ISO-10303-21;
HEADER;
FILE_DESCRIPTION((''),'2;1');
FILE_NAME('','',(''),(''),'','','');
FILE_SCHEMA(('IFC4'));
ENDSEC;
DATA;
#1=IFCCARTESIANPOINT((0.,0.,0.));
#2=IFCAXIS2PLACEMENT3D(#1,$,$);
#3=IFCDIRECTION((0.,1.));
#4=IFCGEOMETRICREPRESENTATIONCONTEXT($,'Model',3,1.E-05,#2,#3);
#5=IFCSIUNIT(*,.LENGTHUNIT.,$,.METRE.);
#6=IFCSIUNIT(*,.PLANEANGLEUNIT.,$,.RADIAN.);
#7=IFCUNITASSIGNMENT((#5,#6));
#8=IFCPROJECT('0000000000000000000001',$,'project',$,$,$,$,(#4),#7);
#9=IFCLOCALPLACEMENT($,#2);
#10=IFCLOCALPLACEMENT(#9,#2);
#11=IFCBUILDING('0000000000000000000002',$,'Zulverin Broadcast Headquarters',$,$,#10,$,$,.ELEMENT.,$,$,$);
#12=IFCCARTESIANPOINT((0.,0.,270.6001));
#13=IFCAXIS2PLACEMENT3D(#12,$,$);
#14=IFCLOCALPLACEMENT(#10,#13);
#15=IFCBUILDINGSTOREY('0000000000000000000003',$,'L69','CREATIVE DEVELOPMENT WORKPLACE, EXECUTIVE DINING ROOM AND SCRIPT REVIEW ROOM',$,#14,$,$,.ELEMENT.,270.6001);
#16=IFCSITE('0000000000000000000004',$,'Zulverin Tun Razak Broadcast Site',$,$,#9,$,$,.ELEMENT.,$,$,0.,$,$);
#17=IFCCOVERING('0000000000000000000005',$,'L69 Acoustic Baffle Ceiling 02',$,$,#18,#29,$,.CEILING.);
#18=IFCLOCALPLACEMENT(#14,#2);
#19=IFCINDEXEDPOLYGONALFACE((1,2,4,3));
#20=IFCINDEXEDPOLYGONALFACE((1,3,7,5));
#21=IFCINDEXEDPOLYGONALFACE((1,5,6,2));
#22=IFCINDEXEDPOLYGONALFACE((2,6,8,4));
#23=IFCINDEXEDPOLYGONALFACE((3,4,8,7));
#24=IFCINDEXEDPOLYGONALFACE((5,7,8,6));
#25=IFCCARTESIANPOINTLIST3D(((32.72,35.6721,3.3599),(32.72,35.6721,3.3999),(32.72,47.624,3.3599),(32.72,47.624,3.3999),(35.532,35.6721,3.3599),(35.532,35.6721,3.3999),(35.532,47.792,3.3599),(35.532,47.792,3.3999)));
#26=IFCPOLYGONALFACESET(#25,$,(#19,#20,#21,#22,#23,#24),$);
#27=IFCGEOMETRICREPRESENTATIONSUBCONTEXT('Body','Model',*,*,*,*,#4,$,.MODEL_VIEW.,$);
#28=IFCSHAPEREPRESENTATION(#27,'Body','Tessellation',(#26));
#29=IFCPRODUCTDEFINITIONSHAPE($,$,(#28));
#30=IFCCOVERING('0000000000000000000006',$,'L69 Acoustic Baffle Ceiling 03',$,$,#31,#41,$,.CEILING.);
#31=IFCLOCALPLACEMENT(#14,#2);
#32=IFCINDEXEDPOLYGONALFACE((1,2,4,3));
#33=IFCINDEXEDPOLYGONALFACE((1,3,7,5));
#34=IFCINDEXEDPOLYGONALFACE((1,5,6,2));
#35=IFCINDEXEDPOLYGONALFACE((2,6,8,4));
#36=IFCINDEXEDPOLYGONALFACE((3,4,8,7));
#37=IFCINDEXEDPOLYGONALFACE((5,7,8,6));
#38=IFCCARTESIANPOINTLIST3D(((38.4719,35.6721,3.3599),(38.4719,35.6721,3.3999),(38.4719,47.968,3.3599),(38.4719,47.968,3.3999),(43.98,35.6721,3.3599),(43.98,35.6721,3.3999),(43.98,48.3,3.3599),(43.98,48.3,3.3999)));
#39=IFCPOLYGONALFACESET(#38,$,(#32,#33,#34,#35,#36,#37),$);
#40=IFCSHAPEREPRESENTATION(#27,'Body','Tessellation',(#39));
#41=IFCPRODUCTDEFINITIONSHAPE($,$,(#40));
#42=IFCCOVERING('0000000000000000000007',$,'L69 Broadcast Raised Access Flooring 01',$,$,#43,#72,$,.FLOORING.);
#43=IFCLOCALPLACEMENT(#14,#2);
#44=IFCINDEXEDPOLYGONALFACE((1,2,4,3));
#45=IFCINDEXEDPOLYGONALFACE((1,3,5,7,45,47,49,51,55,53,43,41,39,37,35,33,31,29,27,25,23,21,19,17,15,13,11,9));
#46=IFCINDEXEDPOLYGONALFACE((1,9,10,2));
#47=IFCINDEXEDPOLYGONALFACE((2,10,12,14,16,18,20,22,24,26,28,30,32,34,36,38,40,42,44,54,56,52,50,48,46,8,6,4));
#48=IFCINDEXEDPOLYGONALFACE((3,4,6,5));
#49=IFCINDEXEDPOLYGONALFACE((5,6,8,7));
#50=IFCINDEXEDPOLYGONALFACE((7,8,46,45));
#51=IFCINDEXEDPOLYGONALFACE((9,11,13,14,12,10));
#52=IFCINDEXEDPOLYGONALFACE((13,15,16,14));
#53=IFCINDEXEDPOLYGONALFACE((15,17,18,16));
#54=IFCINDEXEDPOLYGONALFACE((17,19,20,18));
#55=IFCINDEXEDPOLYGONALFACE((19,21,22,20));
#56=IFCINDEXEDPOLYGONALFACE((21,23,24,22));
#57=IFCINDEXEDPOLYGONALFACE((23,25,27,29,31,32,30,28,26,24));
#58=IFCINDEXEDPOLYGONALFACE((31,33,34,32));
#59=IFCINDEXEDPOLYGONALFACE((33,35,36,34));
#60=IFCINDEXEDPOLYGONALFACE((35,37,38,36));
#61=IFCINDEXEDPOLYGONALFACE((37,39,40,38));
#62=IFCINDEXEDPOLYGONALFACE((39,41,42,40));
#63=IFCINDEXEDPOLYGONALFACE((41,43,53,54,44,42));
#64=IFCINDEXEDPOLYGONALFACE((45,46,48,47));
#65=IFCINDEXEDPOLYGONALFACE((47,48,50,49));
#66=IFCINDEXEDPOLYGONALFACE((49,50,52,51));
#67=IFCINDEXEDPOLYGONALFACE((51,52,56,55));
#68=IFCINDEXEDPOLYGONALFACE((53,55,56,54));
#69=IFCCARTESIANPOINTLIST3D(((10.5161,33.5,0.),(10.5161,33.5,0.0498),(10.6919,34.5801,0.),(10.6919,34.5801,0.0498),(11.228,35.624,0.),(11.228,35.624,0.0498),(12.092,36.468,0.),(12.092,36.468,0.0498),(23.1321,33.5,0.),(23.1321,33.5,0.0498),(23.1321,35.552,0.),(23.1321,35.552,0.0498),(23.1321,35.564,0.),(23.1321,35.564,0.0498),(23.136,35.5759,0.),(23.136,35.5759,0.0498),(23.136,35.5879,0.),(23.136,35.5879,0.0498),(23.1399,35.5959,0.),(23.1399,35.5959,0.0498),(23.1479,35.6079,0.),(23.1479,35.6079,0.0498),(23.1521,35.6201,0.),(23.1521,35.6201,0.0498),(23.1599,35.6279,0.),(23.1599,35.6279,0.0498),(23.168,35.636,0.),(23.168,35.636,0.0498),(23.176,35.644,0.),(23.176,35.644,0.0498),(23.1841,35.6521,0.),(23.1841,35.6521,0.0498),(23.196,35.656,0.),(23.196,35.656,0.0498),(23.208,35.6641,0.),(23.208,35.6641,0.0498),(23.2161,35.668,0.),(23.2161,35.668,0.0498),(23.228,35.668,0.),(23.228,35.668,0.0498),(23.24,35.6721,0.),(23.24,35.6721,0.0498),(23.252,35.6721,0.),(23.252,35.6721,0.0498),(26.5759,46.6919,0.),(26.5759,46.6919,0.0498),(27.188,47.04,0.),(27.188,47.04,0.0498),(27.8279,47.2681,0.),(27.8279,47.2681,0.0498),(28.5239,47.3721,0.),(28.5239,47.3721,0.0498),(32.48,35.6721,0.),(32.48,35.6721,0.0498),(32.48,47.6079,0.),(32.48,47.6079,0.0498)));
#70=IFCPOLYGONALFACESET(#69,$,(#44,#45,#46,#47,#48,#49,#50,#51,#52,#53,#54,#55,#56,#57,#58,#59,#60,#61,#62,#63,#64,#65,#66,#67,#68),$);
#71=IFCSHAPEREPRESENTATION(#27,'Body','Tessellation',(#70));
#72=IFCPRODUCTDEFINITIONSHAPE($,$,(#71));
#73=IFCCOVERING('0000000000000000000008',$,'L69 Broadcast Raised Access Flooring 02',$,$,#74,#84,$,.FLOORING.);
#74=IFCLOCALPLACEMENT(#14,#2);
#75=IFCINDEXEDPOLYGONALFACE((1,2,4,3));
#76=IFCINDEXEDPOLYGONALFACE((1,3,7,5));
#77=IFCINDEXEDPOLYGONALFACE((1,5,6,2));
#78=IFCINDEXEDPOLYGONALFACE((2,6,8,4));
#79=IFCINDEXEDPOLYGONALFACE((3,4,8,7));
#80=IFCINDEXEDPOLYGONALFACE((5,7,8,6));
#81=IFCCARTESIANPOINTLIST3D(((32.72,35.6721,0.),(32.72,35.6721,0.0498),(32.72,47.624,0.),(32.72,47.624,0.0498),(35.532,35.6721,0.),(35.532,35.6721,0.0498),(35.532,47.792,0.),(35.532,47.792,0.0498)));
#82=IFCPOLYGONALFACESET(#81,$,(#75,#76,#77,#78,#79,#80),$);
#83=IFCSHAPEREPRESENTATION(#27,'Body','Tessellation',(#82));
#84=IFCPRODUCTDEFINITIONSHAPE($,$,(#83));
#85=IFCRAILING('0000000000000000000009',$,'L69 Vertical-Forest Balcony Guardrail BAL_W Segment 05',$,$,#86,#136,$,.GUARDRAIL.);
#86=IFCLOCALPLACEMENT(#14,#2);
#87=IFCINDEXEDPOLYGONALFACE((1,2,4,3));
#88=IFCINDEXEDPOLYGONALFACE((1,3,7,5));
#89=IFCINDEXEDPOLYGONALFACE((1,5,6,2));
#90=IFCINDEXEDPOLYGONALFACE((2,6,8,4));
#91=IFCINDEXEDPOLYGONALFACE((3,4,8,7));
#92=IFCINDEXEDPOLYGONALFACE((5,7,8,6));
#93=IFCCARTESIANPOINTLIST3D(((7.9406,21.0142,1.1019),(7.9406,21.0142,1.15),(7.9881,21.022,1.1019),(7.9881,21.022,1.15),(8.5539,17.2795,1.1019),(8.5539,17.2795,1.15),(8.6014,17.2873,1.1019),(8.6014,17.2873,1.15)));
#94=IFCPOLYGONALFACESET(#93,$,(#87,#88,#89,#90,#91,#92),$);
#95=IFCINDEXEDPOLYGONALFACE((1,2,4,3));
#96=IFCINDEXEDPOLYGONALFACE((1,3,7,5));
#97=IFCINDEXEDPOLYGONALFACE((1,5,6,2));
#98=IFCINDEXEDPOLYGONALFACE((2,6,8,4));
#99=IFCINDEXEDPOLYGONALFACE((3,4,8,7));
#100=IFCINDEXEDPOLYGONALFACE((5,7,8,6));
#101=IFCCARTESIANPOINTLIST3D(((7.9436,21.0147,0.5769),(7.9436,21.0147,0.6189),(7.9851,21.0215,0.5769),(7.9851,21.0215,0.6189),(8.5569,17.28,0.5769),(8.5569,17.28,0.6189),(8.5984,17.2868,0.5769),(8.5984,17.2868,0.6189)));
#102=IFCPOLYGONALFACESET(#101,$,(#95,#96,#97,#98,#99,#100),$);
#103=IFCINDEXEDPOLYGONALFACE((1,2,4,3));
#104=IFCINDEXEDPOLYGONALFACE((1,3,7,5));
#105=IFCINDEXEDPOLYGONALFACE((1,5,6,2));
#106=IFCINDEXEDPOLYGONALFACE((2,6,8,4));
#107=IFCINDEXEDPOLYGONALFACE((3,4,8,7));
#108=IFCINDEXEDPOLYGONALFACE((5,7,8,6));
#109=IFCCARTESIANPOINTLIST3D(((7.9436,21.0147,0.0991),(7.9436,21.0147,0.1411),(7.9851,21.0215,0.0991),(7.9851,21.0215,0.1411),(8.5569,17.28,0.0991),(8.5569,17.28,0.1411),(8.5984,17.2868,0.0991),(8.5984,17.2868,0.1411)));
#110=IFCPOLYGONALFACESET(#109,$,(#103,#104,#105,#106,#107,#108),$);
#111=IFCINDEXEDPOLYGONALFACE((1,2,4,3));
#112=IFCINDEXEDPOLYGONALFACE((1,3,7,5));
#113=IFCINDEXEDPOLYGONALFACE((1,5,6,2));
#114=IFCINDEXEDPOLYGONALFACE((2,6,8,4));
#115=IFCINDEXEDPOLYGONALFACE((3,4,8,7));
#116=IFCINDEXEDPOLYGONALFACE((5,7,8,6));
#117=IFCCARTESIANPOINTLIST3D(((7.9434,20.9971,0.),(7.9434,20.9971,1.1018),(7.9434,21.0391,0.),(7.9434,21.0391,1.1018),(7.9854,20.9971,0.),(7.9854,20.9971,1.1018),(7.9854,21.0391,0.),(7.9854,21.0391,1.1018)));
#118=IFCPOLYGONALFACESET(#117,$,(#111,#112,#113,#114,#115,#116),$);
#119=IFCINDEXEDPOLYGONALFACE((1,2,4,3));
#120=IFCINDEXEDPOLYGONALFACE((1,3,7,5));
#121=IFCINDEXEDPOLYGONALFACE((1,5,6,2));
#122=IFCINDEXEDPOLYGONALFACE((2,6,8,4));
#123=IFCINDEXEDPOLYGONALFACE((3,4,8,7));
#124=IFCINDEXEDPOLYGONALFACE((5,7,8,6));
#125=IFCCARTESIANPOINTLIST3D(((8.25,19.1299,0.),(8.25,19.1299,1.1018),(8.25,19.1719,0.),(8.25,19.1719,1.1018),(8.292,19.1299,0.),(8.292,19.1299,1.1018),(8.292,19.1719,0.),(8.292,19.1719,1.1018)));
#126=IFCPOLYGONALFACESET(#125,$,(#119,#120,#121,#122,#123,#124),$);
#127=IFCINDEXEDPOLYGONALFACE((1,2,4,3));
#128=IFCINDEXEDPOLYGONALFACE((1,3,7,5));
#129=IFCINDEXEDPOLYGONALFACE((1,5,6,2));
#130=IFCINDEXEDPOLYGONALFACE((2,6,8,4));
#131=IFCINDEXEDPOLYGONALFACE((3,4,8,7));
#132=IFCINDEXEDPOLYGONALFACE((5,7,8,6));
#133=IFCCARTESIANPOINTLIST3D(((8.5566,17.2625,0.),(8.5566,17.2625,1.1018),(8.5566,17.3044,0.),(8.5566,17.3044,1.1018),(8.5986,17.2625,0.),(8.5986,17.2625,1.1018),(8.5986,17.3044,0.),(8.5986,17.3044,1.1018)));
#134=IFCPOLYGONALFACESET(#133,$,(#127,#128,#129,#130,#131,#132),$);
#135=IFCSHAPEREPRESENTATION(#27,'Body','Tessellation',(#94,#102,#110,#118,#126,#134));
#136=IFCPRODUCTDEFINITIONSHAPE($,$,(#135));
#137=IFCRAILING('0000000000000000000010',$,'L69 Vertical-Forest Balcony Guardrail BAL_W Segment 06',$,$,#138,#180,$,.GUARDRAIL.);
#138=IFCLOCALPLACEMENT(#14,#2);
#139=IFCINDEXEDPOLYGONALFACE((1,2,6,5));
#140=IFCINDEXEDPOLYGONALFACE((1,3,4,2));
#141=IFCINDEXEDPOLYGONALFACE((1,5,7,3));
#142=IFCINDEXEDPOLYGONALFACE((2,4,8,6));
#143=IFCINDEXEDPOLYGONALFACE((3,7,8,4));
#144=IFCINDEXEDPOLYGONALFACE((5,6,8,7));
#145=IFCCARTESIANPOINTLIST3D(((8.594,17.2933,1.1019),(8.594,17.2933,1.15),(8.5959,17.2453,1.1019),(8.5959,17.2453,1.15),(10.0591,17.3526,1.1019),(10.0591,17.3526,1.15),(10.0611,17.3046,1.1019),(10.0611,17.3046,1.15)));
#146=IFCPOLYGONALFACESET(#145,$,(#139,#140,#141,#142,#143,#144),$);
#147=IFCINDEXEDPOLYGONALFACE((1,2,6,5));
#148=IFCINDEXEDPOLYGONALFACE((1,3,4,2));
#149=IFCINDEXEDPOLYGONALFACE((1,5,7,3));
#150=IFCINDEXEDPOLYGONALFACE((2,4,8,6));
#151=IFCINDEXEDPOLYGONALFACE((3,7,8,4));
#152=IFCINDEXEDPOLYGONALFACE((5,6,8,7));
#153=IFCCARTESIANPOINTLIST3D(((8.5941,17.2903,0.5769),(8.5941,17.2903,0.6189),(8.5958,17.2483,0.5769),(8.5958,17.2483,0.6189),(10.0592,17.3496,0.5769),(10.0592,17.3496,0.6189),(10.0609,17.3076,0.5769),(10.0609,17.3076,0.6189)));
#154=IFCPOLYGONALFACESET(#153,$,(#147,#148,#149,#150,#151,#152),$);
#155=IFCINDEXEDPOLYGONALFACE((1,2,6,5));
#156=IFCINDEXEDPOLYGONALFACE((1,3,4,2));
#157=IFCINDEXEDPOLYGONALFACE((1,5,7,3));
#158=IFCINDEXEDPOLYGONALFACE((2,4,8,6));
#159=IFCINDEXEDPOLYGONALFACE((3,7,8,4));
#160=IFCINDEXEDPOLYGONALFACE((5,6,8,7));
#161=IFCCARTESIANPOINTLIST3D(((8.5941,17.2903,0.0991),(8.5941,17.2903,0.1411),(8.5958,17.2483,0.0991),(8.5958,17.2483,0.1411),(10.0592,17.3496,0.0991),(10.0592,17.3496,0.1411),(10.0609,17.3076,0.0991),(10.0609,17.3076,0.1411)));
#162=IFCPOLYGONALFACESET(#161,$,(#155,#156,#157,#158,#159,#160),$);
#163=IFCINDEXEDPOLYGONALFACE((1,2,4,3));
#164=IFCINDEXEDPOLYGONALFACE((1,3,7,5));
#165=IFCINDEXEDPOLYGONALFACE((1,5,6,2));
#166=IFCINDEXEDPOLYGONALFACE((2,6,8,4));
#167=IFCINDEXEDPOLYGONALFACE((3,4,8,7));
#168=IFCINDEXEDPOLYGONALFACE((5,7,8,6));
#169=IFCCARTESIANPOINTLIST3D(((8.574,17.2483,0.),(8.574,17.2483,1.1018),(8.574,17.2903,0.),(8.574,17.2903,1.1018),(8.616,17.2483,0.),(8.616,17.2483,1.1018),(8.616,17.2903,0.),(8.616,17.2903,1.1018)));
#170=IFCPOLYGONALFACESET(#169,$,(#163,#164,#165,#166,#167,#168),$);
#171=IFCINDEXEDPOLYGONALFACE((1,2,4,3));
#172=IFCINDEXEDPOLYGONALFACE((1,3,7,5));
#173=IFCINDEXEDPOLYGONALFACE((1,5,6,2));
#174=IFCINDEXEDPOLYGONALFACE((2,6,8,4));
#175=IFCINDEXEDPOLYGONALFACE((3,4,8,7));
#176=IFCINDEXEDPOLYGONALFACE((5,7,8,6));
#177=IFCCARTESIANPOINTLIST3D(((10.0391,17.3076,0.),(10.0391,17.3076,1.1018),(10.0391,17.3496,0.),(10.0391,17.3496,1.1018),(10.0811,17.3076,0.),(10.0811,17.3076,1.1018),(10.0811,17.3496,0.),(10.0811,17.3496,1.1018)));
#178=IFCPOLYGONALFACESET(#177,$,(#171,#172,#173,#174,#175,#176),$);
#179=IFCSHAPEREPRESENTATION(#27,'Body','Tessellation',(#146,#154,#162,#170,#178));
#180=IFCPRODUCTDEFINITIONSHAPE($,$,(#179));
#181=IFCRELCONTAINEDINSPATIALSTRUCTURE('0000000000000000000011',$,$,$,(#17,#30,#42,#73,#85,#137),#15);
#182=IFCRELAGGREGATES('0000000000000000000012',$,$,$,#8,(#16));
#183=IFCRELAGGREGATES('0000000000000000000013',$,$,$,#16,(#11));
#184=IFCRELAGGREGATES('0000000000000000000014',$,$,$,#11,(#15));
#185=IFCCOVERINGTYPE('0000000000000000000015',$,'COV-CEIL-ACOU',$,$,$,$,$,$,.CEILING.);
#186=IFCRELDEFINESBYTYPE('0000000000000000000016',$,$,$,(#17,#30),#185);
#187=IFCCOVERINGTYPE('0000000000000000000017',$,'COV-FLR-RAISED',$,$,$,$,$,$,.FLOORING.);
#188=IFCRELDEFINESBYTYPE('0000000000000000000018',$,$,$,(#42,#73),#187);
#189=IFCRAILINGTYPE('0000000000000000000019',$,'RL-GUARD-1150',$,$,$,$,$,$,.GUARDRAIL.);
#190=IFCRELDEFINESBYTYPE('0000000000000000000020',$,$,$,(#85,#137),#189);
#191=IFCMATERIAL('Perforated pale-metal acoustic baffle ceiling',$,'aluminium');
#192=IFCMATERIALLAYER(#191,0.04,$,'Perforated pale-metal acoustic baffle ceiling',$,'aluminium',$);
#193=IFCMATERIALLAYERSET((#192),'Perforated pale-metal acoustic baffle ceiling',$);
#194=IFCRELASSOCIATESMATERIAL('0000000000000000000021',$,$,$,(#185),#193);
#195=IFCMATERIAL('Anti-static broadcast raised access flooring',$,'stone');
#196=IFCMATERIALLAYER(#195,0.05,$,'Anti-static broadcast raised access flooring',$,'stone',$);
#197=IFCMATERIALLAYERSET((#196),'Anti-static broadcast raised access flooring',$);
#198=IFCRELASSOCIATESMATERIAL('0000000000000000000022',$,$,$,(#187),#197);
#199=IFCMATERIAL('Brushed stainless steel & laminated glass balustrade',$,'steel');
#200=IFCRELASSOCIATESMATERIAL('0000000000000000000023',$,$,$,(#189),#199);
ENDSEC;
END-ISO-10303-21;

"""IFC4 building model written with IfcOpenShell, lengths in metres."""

from ifc_helpers import new_model, si_unit, direction, frame, origin, origin_2d, place, context, subcontext, project, spatial, polyline, rectangle, outline, extrude, material, layer, layer_set, type_object, element, save


model = new_model("IFC4")

# Units and contexts
model_context = context("Model", 3, precision=1e-05, world=origin(), true_north=direction((0.0, 1.0)))
body_context = subcontext(model_context, "Body", "Model", "MODEL_VIEW")
ifc_project = project(units=[si_unit("LENGTHUNIT", "METRE"), si_unit("PLANEANGLEUNIT", "RADIAN")], contexts=[model_context])

# Site, building, storey
site_placement = place(None, origin())
site = spatial("IfcSite", under=ifc_project, at=site_placement, Name="Zulverin Tun Razak Broadcast Site", CompositionType="ELEMENT", RefElevation=0.0)
building_placement = place(site_placement, origin())
building = spatial("IfcBuilding", under=site, at=building_placement, Name="Zulverin Broadcast Headquarters", CompositionType="ELEMENT")
storey_placement = place(building_placement, frame((0.0, 0.0, 270.6001)))
storey = spatial("IfcBuildingStorey", under=building, at=storey_placement, Name="L69", Description="CREATIVE DEVELOPMENT WORKPLACE, EXECUTIVE DINING ROOM AND SCRIPT REVIEW ROOM", CompositionType="ELEMENT", Elevation=270.6001)

# Coverings
ifc_material_1 = material(Name="Perforated pale-metal acoustic baffle ceiling", Category="aluminium")
ifc_layer_1 = layer(ifc_material_1, 0.04, Name="Perforated pale-metal acoustic baffle ceiling", Category="aluminium")
ifc_layer_set_1 = layer_set([ifc_layer_1], Name="Perforated pale-metal acoustic baffle ceiling")
covering_type_1 = type_object("IfcCoveringType", Name="COV-CEIL-ACOU", PredefinedType="CEILING", material=ifc_layer_set_1)
covering_1_placement = place(storey_placement, frame((0.0, 0.0, 3.3599)))
element("IfcCovering", 1, at=covering_1_placement, inside=storey, type_object=covering_type_1, Name="L69 Acoustic Baffle Ceiling 02", PredefinedType="CEILING", context=body_context, shape_type="SweptSolid", body=[
    extrude(outline(polyline([(35.532, 35.6721), (35.532, 47.792), (32.72, 47.624), (32.72, 35.6721), (35.532, 35.6721)])), origin(), (0.0, 0.0, 1.0), 0.04),
])
covering_2_placement = place(storey_placement, frame((0.0, 0.0, 3.3599)))
element("IfcCovering", 2, at=covering_2_placement, inside=storey, type_object=covering_type_1, Name="L69 Acoustic Baffle Ceiling 03", PredefinedType="CEILING", context=body_context, shape_type="SweptSolid", body=[
    extrude(outline(polyline([(38.4719, 47.968), (38.4719, 35.6721), (43.98, 35.6721), (43.98, 48.3), (38.4719, 47.968)])), origin(), (0.0, 0.0, 1.0), 0.04),
])
ifc_material_2 = material(Name="Anti-static broadcast raised access flooring", Category="stone")
ifc_layer_2 = layer(ifc_material_2, 0.05, Name="Anti-static broadcast raised access flooring", Category="stone")
ifc_layer_set_2 = layer_set([ifc_layer_2], Name="Anti-static broadcast raised access flooring")
covering_type_2 = type_object("IfcCoveringType", Name="COV-FLR-RAISED", PredefinedType="FLOORING", material=ifc_layer_set_2)
covering_3_placement = place(storey_placement, origin())
element("IfcCovering", 3, at=covering_3_placement, inside=storey, type_object=covering_type_2, Name="L69 Broadcast Raised Access Flooring 01", PredefinedType="FLOORING", context=body_context, shape_type="SweptSolid", body=[
    extrude(outline(polyline([(12.092, 36.468), (11.228, 35.624), (10.6919, 34.5801), (10.5161, 33.5), (23.1321, 33.5), (23.1321, 35.552), (23.1321, 35.564), (23.136, 35.5759), (23.136, 35.5879), (23.1399, 35.5959), (23.1479, 35.6079), (23.1521, 35.6201), (23.1599, 35.6279), (23.168, 35.636), (23.176, 35.644), (23.1841, 35.6521), (23.196, 35.656), (23.208, 35.6641), (23.2161, 35.668), (23.228, 35.668), (23.24, 35.6721), (23.252, 35.6721), (32.48, 35.6721), (32.48, 47.6079), (28.5239, 47.3721), (27.8279, 47.2681), (27.188, 47.04), (26.5759, 46.6919), (12.092, 36.468)])), origin(), (0.0, 0.0, 1.0), 0.0498),
])
covering_4_placement = place(storey_placement, origin())
element("IfcCovering", 4, at=covering_4_placement, inside=storey, type_object=covering_type_2, Name="L69 Broadcast Raised Access Flooring 02", PredefinedType="FLOORING", context=body_context, shape_type="SweptSolid", body=[
    extrude(outline(polyline([(35.532, 35.6721), (35.532, 47.792), (32.72, 47.624), (32.72, 35.6721), (35.532, 35.6721)])), origin(), (0.0, 0.0, 1.0), 0.0498),
])

# Railings
ifc_material_3 = material(Name="Brushed stainless steel & laminated glass balustrade", Category="steel")
railing_type = type_object("IfcRailingType", Name="RL-GUARD-1150", PredefinedType="GUARDRAIL", material=ifc_material_3)
railing_1_placement = place(storey_placement, frame((7.9644, 21.0181, 0.0)))
element("IfcRailing", 5, at=railing_1_placement, inside=storey, type_object=railing_type, Name="L69 Vertical-Forest Balcony Guardrail BAL_W Segment 05", PredefinedType="GUARDRAIL", context=body_context, shape_type="SweptSolid", body=[
    extrude(rectangle(XDim=0.0481, YDim=0.0481, at=origin_2d()), frame((0.0, 0.0, 1.126), z_axis=(0.162045, -0.986783, 0.0), x_axis=(0.986783, 0.162045, 0.0)), (0.0, 0.0, 1.0), 3.7847),
    extrude(rectangle(XDim=0.042, YDim=0.042, at=origin_2d()), frame((0.0, 0.0, 0.5979), z_axis=(0.162045, -0.986783, 0.0), x_axis=(0.986783, 0.162045, 0.0)), (0.0, 0.0, 1.0), 3.7847),
    extrude(rectangle(XDim=0.042, YDim=0.042, at=origin_2d()), frame((0.0, 0.0, 0.1201), z_axis=(0.162045, -0.986783, 0.0), x_axis=(0.986783, 0.162045, 0.0)), (0.0, 0.0, 1.0), 3.7847),
    extrude(rectangle(XDim=0.042, YDim=0.042, at=origin_2d()), origin(), (0.0, 0.0, 1.0), 1.1018),
    extrude(rectangle(XDim=0.042, YDim=0.042, at=origin_2d()), frame((0.3066, -1.8672, 0.0)), (0.0, 0.0, 1.0), 1.1018),
    extrude(rectangle(XDim=0.042, YDim=0.042, at=origin_2d()), frame((0.6133, -3.7346, 0.0)), (0.0, 0.0, 1.0), 1.1018),
])
railing_2_placement = place(storey_placement, frame((8.595, 17.2693, 0.0)))
element("IfcRailing", 6, at=railing_2_placement, inside=storey, type_object=railing_type, Name="L69 Vertical-Forest Balcony Guardrail BAL_W Segment 06", PredefinedType="GUARDRAIL", context=body_context, shape_type="SweptSolid", body=[
    extrude(rectangle(XDim=0.0481, YDim=0.0481, at=origin_2d()), frame((0.0, 0.0, 1.126), z_axis=(0.999181, 0.04046, 0.0), x_axis=(-0.04046, 0.999181, 0.0)), (0.0, 0.0, 1.0), 1.4663),
    extrude(rectangle(XDim=0.042, YDim=0.042, at=origin_2d()), frame((0.0, 0.0, 0.5979), z_axis=(0.999181, 0.04046, 0.0), x_axis=(-0.04046, 0.999181, 0.0)), (0.0, 0.0, 1.0), 1.4663),
    extrude(rectangle(XDim=0.042, YDim=0.042, at=origin_2d()), frame((0.0, 0.0, 0.1201), z_axis=(0.999181, 0.04046, 0.0), x_axis=(-0.04046, 0.999181, 0.0)), (0.0, 0.0, 1.0), 1.4663),
    extrude(rectangle(XDim=0.042, YDim=0.042, at=origin_2d()), origin(), (0.0, 0.0, 1.0), 1.1018),
    extrude(rectangle(XDim=0.042, YDim=0.042, at=origin_2d()), frame((1.4651, 0.0593, 0.0)), (0.0, 0.0, 1.0), 1.1018),
])

save(model, "model.ifc")
